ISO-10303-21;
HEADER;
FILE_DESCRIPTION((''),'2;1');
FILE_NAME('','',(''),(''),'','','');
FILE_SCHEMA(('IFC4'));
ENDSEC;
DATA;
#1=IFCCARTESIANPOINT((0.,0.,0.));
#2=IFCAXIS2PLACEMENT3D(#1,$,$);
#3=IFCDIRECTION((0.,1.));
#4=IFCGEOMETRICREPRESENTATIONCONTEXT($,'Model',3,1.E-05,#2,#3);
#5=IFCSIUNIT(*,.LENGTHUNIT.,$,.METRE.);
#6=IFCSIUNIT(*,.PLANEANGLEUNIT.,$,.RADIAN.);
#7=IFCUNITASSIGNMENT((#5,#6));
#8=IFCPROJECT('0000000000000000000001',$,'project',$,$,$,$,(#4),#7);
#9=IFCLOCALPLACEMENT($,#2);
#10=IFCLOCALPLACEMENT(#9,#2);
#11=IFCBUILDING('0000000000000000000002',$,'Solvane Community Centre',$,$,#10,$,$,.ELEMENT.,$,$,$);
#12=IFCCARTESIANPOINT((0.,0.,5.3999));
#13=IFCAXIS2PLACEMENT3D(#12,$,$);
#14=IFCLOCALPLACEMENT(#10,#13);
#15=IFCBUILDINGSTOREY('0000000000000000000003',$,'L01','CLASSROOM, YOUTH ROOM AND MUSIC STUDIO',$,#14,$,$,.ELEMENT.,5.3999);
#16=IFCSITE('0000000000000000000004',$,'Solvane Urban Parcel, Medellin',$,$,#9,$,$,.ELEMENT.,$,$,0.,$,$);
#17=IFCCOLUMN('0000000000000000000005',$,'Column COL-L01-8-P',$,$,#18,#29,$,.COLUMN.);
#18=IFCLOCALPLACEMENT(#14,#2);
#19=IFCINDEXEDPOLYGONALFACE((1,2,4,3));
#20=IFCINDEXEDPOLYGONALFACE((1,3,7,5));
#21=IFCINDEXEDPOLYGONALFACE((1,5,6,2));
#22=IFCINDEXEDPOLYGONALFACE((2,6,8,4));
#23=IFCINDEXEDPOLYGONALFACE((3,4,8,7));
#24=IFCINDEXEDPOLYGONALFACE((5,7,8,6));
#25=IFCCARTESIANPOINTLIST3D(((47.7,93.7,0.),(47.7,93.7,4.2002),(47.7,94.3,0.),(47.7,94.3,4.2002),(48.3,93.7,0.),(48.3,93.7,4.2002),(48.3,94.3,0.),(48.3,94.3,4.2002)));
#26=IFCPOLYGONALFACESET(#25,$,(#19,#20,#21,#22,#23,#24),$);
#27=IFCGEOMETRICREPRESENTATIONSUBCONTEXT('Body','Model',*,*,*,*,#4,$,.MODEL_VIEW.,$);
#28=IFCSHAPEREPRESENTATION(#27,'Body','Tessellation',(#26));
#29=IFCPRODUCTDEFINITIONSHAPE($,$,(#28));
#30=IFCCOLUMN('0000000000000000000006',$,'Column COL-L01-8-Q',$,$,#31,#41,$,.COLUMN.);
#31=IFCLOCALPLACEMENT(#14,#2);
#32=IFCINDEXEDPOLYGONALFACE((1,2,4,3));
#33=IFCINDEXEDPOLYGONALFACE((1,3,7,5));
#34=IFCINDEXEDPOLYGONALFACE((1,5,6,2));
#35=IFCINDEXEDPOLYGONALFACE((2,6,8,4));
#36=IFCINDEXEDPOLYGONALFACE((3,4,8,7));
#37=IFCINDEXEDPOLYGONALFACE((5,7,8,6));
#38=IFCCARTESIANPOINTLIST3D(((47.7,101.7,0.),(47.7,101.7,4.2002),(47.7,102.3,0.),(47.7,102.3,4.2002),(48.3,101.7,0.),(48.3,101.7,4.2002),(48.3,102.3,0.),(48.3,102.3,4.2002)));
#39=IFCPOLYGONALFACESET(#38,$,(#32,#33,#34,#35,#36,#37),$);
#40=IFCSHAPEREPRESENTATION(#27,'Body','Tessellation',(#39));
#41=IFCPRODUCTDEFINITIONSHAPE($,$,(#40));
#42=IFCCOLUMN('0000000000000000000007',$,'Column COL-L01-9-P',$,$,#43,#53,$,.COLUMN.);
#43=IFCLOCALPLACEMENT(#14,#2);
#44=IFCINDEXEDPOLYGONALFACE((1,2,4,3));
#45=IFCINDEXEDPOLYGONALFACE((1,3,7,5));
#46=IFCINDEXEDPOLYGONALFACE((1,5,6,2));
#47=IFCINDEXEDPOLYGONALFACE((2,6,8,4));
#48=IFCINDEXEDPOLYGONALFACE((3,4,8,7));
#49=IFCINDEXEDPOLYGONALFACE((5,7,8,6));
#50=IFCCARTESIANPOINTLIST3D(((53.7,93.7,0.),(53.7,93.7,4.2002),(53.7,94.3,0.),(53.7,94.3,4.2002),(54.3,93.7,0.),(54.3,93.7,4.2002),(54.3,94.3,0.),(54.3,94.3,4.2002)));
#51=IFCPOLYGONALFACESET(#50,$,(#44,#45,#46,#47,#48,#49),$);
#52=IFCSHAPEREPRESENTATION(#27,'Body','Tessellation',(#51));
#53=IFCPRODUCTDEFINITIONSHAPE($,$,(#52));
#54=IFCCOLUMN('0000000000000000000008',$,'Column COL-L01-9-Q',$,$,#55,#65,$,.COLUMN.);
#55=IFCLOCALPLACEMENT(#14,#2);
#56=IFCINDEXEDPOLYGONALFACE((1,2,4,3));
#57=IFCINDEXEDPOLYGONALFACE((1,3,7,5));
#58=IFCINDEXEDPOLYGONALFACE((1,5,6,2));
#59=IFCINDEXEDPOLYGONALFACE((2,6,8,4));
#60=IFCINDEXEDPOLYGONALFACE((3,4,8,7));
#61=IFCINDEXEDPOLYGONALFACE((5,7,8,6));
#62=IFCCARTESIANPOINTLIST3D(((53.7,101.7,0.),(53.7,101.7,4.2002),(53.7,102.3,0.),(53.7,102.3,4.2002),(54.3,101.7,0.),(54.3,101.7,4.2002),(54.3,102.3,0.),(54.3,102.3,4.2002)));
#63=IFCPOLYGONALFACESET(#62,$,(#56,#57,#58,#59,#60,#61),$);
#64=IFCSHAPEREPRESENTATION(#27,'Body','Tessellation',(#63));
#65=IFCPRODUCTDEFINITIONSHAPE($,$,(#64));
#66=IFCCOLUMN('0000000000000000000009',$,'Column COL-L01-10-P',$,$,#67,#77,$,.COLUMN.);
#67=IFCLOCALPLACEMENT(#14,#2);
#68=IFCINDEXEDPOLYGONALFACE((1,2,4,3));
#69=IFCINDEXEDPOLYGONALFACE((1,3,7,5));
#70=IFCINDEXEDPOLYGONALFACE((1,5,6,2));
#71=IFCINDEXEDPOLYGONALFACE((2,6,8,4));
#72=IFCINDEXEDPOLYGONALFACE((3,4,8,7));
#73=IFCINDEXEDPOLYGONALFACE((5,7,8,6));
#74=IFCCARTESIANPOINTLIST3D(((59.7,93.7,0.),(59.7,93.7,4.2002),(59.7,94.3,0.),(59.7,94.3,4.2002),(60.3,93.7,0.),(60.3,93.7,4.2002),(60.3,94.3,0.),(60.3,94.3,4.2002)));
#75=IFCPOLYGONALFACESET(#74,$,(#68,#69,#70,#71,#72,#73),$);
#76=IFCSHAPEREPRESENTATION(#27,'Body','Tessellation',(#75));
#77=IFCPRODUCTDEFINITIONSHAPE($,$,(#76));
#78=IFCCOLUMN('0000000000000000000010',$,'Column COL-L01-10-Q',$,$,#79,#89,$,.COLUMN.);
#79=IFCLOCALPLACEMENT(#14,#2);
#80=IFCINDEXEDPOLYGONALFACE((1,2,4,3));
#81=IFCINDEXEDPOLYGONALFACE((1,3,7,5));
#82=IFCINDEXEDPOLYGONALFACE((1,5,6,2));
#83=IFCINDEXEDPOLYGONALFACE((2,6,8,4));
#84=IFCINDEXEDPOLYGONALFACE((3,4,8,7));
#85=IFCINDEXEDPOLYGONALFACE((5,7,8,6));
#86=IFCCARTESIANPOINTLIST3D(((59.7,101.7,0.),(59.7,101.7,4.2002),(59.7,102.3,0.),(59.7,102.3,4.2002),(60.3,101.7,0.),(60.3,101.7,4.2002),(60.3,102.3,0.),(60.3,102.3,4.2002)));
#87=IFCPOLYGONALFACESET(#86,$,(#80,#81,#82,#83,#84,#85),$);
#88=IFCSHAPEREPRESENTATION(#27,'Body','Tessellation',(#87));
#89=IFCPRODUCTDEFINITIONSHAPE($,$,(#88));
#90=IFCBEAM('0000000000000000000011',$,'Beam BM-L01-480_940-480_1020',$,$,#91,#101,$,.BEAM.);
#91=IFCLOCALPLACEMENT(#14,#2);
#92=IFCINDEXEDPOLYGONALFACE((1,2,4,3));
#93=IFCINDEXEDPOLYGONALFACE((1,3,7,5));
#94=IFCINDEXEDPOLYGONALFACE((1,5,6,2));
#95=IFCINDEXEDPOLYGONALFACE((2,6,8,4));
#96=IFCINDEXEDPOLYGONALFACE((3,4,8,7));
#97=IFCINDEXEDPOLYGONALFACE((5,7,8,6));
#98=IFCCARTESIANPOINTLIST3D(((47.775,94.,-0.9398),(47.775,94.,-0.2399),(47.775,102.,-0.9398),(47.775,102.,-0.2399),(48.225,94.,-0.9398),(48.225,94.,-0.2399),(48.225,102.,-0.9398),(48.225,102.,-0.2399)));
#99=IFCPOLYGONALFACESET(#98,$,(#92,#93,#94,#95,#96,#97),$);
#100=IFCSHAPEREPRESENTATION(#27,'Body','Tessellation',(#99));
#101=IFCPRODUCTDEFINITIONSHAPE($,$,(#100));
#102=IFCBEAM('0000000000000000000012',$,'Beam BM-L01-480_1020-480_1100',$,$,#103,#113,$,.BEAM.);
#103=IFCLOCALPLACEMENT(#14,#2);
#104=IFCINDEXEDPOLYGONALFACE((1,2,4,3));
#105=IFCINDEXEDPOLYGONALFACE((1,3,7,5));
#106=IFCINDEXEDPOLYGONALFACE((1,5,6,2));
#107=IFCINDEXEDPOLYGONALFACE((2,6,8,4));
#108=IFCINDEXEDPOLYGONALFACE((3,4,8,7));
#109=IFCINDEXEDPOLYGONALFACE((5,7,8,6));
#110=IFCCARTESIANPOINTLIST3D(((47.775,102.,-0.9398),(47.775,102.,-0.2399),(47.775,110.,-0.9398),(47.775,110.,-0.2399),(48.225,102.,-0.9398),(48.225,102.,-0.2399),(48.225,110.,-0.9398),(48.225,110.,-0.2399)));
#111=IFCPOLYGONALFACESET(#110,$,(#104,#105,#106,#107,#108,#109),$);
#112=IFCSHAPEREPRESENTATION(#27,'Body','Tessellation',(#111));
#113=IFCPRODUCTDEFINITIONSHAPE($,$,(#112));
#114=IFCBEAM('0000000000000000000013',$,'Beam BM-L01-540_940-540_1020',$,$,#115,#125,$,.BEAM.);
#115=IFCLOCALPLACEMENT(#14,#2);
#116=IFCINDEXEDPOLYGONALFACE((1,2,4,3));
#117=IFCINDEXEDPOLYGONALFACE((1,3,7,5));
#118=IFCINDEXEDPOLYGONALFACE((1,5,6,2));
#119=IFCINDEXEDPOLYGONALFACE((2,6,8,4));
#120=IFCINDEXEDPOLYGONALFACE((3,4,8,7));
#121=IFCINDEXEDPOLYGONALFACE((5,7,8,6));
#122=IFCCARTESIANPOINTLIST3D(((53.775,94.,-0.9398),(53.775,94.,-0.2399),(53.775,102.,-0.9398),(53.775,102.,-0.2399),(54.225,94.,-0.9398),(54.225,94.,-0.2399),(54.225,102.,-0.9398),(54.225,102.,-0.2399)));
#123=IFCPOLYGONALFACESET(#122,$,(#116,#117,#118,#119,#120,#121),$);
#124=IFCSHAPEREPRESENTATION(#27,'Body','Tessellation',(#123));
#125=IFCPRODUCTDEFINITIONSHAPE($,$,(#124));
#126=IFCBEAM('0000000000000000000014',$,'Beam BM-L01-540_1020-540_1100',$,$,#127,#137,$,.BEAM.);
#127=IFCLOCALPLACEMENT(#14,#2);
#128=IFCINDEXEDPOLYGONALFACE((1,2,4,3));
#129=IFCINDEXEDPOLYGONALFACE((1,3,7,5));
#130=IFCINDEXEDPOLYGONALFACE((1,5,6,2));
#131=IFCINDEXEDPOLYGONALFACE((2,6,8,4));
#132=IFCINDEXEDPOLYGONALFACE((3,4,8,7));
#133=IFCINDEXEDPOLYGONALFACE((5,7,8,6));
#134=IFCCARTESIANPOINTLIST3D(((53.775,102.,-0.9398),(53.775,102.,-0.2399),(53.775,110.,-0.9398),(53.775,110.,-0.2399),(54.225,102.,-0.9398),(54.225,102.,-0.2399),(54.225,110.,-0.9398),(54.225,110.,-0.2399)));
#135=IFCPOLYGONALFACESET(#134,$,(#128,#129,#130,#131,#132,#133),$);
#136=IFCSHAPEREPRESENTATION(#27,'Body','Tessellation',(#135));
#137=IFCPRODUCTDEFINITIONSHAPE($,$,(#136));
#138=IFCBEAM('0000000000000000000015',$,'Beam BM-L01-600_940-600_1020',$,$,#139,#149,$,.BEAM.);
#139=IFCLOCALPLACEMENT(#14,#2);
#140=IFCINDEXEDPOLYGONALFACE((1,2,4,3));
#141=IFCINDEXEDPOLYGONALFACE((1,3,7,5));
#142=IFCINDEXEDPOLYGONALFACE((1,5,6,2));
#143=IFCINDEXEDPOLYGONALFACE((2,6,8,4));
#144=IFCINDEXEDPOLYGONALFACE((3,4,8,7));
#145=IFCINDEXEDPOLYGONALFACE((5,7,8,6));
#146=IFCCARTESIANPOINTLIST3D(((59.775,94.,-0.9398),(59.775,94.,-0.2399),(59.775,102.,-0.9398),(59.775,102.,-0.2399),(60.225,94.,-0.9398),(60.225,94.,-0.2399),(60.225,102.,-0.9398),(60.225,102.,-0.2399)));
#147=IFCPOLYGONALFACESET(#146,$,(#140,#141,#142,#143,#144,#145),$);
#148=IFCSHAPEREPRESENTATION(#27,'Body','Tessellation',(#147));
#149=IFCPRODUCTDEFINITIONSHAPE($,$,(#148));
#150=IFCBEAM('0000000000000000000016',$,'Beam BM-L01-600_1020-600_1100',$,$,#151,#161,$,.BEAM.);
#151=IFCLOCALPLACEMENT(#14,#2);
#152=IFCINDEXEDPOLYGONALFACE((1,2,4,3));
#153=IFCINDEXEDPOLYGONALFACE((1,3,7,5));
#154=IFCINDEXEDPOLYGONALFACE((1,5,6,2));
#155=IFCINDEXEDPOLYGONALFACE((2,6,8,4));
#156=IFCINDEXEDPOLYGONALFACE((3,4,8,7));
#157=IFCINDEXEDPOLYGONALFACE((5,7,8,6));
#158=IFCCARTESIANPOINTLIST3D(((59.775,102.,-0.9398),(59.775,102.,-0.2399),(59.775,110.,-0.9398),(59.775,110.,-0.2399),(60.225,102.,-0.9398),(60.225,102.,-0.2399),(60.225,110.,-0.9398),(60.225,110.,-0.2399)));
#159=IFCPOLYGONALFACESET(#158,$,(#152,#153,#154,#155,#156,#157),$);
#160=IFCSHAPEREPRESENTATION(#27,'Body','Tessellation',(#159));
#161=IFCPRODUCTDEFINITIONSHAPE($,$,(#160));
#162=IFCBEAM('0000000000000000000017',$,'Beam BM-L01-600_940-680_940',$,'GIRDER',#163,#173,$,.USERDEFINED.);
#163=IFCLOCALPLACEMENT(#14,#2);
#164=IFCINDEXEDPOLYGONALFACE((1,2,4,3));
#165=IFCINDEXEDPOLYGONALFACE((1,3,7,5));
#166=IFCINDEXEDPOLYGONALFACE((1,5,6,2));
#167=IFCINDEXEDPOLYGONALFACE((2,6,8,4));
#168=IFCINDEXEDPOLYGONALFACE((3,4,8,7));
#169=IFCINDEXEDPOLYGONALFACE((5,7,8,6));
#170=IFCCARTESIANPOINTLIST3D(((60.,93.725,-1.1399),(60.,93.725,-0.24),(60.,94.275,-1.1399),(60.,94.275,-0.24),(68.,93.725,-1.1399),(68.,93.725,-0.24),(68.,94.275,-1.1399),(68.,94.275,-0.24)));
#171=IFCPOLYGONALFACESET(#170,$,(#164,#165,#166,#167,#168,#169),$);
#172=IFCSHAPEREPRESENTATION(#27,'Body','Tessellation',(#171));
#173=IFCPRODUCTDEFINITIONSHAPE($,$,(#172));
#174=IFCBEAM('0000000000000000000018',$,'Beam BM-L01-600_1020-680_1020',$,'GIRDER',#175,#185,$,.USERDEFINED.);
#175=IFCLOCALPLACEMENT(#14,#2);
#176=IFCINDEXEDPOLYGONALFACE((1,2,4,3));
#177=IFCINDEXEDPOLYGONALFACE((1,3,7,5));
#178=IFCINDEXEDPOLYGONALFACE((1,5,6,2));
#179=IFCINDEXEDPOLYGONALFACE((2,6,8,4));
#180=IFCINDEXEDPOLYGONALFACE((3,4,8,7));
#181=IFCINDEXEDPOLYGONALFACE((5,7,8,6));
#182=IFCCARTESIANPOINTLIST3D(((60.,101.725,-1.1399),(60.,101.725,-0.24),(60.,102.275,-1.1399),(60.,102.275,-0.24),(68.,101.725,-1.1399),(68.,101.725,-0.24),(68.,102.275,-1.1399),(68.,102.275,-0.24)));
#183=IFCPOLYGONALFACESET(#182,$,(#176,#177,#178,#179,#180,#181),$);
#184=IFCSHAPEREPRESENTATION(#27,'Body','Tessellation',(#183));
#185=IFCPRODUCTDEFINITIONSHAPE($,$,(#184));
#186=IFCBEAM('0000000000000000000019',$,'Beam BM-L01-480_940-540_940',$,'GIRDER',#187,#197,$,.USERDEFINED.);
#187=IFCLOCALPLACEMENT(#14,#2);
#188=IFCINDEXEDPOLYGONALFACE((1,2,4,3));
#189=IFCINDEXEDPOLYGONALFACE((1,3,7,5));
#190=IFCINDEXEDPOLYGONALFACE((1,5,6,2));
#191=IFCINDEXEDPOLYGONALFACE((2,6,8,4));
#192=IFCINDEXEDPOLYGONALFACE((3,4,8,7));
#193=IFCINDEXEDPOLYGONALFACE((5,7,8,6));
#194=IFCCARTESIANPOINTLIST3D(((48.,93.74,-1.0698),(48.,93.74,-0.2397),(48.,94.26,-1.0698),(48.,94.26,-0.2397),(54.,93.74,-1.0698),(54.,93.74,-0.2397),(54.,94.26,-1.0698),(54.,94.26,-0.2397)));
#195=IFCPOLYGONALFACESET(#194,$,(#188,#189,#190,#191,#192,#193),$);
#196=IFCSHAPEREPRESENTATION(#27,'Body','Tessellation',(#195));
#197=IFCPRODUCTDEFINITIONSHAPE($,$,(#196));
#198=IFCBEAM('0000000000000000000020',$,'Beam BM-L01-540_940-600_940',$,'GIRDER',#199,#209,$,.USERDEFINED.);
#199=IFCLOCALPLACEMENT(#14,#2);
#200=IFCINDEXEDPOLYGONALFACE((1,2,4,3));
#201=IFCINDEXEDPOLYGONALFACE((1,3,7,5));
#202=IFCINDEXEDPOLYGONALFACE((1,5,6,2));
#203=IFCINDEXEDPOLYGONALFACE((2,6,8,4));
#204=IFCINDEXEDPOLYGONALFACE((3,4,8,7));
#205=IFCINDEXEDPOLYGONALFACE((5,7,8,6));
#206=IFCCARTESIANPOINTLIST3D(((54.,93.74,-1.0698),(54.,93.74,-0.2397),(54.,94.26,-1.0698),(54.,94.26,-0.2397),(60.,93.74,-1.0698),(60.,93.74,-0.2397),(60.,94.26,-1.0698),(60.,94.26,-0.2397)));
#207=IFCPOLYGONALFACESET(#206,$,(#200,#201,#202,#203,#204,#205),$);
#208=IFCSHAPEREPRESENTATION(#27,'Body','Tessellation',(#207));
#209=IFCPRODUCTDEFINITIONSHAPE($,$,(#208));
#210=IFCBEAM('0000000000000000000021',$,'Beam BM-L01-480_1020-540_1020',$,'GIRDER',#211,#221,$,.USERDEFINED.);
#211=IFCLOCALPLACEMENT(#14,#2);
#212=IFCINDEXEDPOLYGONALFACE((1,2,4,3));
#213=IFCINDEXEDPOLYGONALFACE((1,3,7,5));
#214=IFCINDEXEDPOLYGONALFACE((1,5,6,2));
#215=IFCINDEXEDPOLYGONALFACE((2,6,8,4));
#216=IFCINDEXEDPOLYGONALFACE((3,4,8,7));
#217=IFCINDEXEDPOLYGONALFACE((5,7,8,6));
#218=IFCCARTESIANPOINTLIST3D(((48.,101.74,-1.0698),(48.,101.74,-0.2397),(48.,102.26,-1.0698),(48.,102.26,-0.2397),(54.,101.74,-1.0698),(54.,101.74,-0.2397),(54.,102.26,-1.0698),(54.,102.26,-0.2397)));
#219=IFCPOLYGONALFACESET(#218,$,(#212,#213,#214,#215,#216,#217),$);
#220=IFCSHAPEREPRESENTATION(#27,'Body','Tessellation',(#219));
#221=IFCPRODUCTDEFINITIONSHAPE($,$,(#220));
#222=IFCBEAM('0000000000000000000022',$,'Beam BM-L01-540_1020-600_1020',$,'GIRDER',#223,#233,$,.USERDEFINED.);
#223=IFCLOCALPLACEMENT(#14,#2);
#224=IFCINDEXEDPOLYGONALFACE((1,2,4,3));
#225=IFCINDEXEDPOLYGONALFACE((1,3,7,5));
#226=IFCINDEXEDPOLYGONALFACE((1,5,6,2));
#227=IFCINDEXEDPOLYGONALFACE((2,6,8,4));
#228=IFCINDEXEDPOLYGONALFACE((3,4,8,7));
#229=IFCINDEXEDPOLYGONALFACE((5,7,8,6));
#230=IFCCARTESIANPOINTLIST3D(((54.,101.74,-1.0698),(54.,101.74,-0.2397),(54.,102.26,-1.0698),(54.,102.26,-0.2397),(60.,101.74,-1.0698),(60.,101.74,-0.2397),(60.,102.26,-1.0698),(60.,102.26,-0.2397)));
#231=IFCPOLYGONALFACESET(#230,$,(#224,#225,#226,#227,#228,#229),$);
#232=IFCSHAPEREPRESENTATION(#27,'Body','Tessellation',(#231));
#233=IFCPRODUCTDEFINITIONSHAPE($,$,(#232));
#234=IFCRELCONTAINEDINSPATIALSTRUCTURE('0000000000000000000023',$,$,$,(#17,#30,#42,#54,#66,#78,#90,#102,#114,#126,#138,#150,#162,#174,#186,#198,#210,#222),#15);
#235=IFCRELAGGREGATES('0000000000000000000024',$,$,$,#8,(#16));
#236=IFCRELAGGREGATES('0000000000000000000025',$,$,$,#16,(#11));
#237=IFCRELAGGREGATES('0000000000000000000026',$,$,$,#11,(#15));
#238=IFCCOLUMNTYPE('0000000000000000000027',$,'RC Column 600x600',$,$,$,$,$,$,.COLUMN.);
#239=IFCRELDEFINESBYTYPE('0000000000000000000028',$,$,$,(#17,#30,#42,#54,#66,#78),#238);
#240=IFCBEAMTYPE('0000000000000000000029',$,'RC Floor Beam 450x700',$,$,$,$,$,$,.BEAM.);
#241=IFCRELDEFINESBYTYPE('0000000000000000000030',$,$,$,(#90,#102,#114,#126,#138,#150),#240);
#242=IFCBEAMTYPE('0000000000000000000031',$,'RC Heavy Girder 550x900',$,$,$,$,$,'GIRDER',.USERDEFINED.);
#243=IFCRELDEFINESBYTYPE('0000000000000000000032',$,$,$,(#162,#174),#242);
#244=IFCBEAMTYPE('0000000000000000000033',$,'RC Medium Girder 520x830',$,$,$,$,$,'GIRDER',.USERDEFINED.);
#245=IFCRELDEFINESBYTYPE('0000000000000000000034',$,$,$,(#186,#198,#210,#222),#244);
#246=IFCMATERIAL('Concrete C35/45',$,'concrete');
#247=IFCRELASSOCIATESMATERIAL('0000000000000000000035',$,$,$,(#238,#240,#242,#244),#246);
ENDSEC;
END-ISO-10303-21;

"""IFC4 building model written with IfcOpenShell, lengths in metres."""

from ifc_helpers import new_model, si_unit, direction, frame, origin, origin_2d, place, context, subcontext, project, spatial, rectangle, extrude, material, material_profile, profile_set, type_object, element, save


model = new_model("IFC4")

# Units and contexts
model_context = context("Model", 3, precision=1e-05, world=origin(), true_north=direction((0.0, 1.0)))
body_context = subcontext(model_context, "Body", "Model", "MODEL_VIEW")
ifc_project = project(units=[si_unit("LENGTHUNIT", "METRE"), si_unit("PLANEANGLEUNIT", "RADIAN")], contexts=[model_context])

# Site, building, storey
site_placement = place(None, origin())
site = spatial("IfcSite", under=ifc_project, at=site_placement, Name="Solvane Urban Parcel, Medellin", CompositionType="ELEMENT", RefElevation=0.0)
building_placement = place(site_placement, origin())
building = spatial("IfcBuilding", under=site, at=building_placement, Name="Solvane Community Centre", CompositionType="ELEMENT")
storey_placement = place(building_placement, frame((0.0, 0.0, 5.3999)))
storey = spatial("IfcBuildingStorey", under=building, at=storey_placement, Name="L01", Description="CLASSROOM, YOUTH ROOM AND MUSIC STUDIO", CompositionType="ELEMENT", Elevation=5.3999)

# Columns
ifc_material_1 = material(Name="Concrete C35/45", Category="concrete")
ifc_material_profile_1 = material_profile(ifc_material_1, rectangle(XDim=0.6001, YDim=0.6001, at=origin_2d()), Name="RC 600x600")
ifc_profile_set_1 = profile_set([ifc_material_profile_1], Name="Concrete C35/45")
column_type = type_object("IfcColumnType", Name="RC Column 600x600", PredefinedType="COLUMN", material=ifc_profile_set_1)
for number, where, z_axis, x_axis, name in (
    (1, (48.0, 94.0, 0.0), (0.0, 0.0, 1.0), (1.0, 0.0, 0.0), "Column COL-L01-8-P"),
    (2, (48.0, 102.0, 0.0), (0.0, 0.0, 1.0), (1.0, 0.0, 0.0), "Column COL-L01-8-Q"),
    (3, (54.0, 94.0, 0.0), (0.0, 0.0, 1.0), (1.0, 0.0, 0.0), "Column COL-L01-9-P"),
    (4, (54.0, 102.0, 0.0), (0.0, 0.0, 1.0), (1.0, 0.0, 0.0), "Column COL-L01-9-Q"),
    (5, (60.0, 94.0, 0.0), (0.0, 0.0, 1.0), (1.0, 0.0, 0.0), "Column COL-L01-10-P"),
    (6, (60.0, 102.0, 0.0), (0.0, 0.0, 1.0), (1.0, 0.0, 0.0), "Column COL-L01-10-Q"),
):
    element("IfcColumn", number, at=place(storey_placement, frame(where, z_axis=z_axis, x_axis=x_axis)), inside=storey, type_object=column_type, Name=name, PredefinedType="COLUMN", context=body_context, shape_type="SweptSolid", body=[
        extrude(rectangle(XDim=0.6001, YDim=0.6001, at=origin_2d()), origin(), (0.0, 0.0, 1.0), 4.2002),
    ])

# Beams
ifc_material_profile_2 = material_profile(ifc_material_1, rectangle(XDim=0.45, YDim=0.7, at=origin_2d()), Name="RC 450x700")
ifc_profile_set_2 = profile_set([ifc_material_profile_2], Name="Concrete C35/45")
beam_type_1 = type_object("IfcBeamType", Name="RC Floor Beam 450x700", PredefinedType="BEAM", material=ifc_profile_set_2)
for number, where, z_axis, x_axis, name in (
    (7, (48.0, 94.0, -0.5898), (0.0, 1.0, 0.0), (-1.0, 0.0, 0.0), "Beam BM-L01-480_940-480_1020"),
    (8, (48.0, 102.0, -0.5898), (0.0, 1.0, 0.0), (-1.0, 0.0, 0.0), "Beam BM-L01-480_1020-480_1100"),
    (9, (54.0, 94.0, -0.5898), (0.0, 1.0, 0.0), (-1.0, 0.0, 0.0), "Beam BM-L01-540_940-540_1020"),
    (10, (54.0, 102.0, -0.5898), (0.0, 1.0, 0.0), (-1.0, 0.0, 0.0), "Beam BM-L01-540_1020-540_1100"),
    (11, (60.0, 94.0, -0.5898), (0.0, 1.0, 0.0), (-1.0, 0.0, 0.0), "Beam BM-L01-600_940-600_1020"),
    (12, (60.0, 102.0, -0.5898), (0.0, 1.0, 0.0), (-1.0, 0.0, 0.0), "Beam BM-L01-600_1020-600_1100"),
):
    element("IfcBeam", number, at=place(storey_placement, frame(where, z_axis=z_axis, x_axis=x_axis)), inside=storey, type_object=beam_type_1, Name=name, PredefinedType="BEAM", context=body_context, shape_type="SweptSolid", body=[
        extrude(rectangle(XDim=0.45, YDim=0.7, at=origin_2d()), origin(), (0.0, 0.0, 1.0), 8.0),
    ])
ifc_material_profile_3 = material_profile(ifc_material_1, rectangle(XDim=0.55, YDim=0.8999, at=origin_2d()), Name="RC 550x900")
ifc_profile_set_3 = profile_set([ifc_material_profile_3], Name="Concrete C35/45")
beam_type_2 = type_object("IfcBeamType", Name="RC Heavy Girder 550x900", ElementType="GIRDER", PredefinedType="USERDEFINED", material=ifc_profile_set_3)
for number, where, z_axis, x_axis, name in (
    (13, (60.0, 94.0, -0.6899), (1.0, 0.0, 0.0), (0.0, 1.0, 0.0), "Beam BM-L01-600_940-680_940"),
    (14, (60.0, 102.0, -0.6899), (1.0, 0.0, 0.0), (0.0, 1.0, 0.0), "Beam BM-L01-600_1020-680_1020"),
):
    element("IfcBeam", number, at=place(storey_placement, frame(where, z_axis=z_axis, x_axis=x_axis)), inside=storey, type_object=beam_type_2, Name=name, ObjectType="GIRDER", PredefinedType="USERDEFINED", context=body_context, shape_type="SweptSolid", body=[
        extrude(rectangle(XDim=0.55, YDim=0.8999, at=origin_2d()), origin(), (0.0, 0.0, 1.0), 8.0),
    ])
ifc_material_profile_4 = material_profile(ifc_material_1, rectangle(XDim=0.52, YDim=0.8301, at=origin_2d()), Name="RC 520x830")
ifc_profile_set_4 = profile_set([ifc_material_profile_4], Name="Concrete C35/45")
beam_type_3 = type_object("IfcBeamType", Name="RC Medium Girder 520x830", ElementType="GIRDER", PredefinedType="USERDEFINED", material=ifc_profile_set_4)
for number, where, z_axis, x_axis, name in (
    (15, (48.0, 94.0, -0.6548), (1.0, 0.0, 0.0), (0.0, 1.0, 0.0), "Beam BM-L01-480_940-540_940"),
    (16, (54.0, 94.0, -0.6548), (1.0, 0.0, 0.0), (0.0, 1.0, 0.0), "Beam BM-L01-540_940-600_940"),
    (17, (48.0, 102.0, -0.6548), (1.0, 0.0, 0.0), (0.0, 1.0, 0.0), "Beam BM-L01-480_1020-540_1020"),
    (18, (54.0, 102.0, -0.6548), (1.0, 0.0, 0.0), (0.0, 1.0, 0.0), "Beam BM-L01-540_1020-600_1020"),
):
    element("IfcBeam", number, at=place(storey_placement, frame(where, z_axis=z_axis, x_axis=x_axis)), inside=storey, type_object=beam_type_3, Name=name, ObjectType="GIRDER", PredefinedType="USERDEFINED", context=body_context, shape_type="SweptSolid", body=[
        extrude(rectangle(XDim=0.52, YDim=0.8301, at=origin_2d()), origin(), (0.0, 0.0, 1.0), 6.0),
    ])

save(model, "model.ifc")
